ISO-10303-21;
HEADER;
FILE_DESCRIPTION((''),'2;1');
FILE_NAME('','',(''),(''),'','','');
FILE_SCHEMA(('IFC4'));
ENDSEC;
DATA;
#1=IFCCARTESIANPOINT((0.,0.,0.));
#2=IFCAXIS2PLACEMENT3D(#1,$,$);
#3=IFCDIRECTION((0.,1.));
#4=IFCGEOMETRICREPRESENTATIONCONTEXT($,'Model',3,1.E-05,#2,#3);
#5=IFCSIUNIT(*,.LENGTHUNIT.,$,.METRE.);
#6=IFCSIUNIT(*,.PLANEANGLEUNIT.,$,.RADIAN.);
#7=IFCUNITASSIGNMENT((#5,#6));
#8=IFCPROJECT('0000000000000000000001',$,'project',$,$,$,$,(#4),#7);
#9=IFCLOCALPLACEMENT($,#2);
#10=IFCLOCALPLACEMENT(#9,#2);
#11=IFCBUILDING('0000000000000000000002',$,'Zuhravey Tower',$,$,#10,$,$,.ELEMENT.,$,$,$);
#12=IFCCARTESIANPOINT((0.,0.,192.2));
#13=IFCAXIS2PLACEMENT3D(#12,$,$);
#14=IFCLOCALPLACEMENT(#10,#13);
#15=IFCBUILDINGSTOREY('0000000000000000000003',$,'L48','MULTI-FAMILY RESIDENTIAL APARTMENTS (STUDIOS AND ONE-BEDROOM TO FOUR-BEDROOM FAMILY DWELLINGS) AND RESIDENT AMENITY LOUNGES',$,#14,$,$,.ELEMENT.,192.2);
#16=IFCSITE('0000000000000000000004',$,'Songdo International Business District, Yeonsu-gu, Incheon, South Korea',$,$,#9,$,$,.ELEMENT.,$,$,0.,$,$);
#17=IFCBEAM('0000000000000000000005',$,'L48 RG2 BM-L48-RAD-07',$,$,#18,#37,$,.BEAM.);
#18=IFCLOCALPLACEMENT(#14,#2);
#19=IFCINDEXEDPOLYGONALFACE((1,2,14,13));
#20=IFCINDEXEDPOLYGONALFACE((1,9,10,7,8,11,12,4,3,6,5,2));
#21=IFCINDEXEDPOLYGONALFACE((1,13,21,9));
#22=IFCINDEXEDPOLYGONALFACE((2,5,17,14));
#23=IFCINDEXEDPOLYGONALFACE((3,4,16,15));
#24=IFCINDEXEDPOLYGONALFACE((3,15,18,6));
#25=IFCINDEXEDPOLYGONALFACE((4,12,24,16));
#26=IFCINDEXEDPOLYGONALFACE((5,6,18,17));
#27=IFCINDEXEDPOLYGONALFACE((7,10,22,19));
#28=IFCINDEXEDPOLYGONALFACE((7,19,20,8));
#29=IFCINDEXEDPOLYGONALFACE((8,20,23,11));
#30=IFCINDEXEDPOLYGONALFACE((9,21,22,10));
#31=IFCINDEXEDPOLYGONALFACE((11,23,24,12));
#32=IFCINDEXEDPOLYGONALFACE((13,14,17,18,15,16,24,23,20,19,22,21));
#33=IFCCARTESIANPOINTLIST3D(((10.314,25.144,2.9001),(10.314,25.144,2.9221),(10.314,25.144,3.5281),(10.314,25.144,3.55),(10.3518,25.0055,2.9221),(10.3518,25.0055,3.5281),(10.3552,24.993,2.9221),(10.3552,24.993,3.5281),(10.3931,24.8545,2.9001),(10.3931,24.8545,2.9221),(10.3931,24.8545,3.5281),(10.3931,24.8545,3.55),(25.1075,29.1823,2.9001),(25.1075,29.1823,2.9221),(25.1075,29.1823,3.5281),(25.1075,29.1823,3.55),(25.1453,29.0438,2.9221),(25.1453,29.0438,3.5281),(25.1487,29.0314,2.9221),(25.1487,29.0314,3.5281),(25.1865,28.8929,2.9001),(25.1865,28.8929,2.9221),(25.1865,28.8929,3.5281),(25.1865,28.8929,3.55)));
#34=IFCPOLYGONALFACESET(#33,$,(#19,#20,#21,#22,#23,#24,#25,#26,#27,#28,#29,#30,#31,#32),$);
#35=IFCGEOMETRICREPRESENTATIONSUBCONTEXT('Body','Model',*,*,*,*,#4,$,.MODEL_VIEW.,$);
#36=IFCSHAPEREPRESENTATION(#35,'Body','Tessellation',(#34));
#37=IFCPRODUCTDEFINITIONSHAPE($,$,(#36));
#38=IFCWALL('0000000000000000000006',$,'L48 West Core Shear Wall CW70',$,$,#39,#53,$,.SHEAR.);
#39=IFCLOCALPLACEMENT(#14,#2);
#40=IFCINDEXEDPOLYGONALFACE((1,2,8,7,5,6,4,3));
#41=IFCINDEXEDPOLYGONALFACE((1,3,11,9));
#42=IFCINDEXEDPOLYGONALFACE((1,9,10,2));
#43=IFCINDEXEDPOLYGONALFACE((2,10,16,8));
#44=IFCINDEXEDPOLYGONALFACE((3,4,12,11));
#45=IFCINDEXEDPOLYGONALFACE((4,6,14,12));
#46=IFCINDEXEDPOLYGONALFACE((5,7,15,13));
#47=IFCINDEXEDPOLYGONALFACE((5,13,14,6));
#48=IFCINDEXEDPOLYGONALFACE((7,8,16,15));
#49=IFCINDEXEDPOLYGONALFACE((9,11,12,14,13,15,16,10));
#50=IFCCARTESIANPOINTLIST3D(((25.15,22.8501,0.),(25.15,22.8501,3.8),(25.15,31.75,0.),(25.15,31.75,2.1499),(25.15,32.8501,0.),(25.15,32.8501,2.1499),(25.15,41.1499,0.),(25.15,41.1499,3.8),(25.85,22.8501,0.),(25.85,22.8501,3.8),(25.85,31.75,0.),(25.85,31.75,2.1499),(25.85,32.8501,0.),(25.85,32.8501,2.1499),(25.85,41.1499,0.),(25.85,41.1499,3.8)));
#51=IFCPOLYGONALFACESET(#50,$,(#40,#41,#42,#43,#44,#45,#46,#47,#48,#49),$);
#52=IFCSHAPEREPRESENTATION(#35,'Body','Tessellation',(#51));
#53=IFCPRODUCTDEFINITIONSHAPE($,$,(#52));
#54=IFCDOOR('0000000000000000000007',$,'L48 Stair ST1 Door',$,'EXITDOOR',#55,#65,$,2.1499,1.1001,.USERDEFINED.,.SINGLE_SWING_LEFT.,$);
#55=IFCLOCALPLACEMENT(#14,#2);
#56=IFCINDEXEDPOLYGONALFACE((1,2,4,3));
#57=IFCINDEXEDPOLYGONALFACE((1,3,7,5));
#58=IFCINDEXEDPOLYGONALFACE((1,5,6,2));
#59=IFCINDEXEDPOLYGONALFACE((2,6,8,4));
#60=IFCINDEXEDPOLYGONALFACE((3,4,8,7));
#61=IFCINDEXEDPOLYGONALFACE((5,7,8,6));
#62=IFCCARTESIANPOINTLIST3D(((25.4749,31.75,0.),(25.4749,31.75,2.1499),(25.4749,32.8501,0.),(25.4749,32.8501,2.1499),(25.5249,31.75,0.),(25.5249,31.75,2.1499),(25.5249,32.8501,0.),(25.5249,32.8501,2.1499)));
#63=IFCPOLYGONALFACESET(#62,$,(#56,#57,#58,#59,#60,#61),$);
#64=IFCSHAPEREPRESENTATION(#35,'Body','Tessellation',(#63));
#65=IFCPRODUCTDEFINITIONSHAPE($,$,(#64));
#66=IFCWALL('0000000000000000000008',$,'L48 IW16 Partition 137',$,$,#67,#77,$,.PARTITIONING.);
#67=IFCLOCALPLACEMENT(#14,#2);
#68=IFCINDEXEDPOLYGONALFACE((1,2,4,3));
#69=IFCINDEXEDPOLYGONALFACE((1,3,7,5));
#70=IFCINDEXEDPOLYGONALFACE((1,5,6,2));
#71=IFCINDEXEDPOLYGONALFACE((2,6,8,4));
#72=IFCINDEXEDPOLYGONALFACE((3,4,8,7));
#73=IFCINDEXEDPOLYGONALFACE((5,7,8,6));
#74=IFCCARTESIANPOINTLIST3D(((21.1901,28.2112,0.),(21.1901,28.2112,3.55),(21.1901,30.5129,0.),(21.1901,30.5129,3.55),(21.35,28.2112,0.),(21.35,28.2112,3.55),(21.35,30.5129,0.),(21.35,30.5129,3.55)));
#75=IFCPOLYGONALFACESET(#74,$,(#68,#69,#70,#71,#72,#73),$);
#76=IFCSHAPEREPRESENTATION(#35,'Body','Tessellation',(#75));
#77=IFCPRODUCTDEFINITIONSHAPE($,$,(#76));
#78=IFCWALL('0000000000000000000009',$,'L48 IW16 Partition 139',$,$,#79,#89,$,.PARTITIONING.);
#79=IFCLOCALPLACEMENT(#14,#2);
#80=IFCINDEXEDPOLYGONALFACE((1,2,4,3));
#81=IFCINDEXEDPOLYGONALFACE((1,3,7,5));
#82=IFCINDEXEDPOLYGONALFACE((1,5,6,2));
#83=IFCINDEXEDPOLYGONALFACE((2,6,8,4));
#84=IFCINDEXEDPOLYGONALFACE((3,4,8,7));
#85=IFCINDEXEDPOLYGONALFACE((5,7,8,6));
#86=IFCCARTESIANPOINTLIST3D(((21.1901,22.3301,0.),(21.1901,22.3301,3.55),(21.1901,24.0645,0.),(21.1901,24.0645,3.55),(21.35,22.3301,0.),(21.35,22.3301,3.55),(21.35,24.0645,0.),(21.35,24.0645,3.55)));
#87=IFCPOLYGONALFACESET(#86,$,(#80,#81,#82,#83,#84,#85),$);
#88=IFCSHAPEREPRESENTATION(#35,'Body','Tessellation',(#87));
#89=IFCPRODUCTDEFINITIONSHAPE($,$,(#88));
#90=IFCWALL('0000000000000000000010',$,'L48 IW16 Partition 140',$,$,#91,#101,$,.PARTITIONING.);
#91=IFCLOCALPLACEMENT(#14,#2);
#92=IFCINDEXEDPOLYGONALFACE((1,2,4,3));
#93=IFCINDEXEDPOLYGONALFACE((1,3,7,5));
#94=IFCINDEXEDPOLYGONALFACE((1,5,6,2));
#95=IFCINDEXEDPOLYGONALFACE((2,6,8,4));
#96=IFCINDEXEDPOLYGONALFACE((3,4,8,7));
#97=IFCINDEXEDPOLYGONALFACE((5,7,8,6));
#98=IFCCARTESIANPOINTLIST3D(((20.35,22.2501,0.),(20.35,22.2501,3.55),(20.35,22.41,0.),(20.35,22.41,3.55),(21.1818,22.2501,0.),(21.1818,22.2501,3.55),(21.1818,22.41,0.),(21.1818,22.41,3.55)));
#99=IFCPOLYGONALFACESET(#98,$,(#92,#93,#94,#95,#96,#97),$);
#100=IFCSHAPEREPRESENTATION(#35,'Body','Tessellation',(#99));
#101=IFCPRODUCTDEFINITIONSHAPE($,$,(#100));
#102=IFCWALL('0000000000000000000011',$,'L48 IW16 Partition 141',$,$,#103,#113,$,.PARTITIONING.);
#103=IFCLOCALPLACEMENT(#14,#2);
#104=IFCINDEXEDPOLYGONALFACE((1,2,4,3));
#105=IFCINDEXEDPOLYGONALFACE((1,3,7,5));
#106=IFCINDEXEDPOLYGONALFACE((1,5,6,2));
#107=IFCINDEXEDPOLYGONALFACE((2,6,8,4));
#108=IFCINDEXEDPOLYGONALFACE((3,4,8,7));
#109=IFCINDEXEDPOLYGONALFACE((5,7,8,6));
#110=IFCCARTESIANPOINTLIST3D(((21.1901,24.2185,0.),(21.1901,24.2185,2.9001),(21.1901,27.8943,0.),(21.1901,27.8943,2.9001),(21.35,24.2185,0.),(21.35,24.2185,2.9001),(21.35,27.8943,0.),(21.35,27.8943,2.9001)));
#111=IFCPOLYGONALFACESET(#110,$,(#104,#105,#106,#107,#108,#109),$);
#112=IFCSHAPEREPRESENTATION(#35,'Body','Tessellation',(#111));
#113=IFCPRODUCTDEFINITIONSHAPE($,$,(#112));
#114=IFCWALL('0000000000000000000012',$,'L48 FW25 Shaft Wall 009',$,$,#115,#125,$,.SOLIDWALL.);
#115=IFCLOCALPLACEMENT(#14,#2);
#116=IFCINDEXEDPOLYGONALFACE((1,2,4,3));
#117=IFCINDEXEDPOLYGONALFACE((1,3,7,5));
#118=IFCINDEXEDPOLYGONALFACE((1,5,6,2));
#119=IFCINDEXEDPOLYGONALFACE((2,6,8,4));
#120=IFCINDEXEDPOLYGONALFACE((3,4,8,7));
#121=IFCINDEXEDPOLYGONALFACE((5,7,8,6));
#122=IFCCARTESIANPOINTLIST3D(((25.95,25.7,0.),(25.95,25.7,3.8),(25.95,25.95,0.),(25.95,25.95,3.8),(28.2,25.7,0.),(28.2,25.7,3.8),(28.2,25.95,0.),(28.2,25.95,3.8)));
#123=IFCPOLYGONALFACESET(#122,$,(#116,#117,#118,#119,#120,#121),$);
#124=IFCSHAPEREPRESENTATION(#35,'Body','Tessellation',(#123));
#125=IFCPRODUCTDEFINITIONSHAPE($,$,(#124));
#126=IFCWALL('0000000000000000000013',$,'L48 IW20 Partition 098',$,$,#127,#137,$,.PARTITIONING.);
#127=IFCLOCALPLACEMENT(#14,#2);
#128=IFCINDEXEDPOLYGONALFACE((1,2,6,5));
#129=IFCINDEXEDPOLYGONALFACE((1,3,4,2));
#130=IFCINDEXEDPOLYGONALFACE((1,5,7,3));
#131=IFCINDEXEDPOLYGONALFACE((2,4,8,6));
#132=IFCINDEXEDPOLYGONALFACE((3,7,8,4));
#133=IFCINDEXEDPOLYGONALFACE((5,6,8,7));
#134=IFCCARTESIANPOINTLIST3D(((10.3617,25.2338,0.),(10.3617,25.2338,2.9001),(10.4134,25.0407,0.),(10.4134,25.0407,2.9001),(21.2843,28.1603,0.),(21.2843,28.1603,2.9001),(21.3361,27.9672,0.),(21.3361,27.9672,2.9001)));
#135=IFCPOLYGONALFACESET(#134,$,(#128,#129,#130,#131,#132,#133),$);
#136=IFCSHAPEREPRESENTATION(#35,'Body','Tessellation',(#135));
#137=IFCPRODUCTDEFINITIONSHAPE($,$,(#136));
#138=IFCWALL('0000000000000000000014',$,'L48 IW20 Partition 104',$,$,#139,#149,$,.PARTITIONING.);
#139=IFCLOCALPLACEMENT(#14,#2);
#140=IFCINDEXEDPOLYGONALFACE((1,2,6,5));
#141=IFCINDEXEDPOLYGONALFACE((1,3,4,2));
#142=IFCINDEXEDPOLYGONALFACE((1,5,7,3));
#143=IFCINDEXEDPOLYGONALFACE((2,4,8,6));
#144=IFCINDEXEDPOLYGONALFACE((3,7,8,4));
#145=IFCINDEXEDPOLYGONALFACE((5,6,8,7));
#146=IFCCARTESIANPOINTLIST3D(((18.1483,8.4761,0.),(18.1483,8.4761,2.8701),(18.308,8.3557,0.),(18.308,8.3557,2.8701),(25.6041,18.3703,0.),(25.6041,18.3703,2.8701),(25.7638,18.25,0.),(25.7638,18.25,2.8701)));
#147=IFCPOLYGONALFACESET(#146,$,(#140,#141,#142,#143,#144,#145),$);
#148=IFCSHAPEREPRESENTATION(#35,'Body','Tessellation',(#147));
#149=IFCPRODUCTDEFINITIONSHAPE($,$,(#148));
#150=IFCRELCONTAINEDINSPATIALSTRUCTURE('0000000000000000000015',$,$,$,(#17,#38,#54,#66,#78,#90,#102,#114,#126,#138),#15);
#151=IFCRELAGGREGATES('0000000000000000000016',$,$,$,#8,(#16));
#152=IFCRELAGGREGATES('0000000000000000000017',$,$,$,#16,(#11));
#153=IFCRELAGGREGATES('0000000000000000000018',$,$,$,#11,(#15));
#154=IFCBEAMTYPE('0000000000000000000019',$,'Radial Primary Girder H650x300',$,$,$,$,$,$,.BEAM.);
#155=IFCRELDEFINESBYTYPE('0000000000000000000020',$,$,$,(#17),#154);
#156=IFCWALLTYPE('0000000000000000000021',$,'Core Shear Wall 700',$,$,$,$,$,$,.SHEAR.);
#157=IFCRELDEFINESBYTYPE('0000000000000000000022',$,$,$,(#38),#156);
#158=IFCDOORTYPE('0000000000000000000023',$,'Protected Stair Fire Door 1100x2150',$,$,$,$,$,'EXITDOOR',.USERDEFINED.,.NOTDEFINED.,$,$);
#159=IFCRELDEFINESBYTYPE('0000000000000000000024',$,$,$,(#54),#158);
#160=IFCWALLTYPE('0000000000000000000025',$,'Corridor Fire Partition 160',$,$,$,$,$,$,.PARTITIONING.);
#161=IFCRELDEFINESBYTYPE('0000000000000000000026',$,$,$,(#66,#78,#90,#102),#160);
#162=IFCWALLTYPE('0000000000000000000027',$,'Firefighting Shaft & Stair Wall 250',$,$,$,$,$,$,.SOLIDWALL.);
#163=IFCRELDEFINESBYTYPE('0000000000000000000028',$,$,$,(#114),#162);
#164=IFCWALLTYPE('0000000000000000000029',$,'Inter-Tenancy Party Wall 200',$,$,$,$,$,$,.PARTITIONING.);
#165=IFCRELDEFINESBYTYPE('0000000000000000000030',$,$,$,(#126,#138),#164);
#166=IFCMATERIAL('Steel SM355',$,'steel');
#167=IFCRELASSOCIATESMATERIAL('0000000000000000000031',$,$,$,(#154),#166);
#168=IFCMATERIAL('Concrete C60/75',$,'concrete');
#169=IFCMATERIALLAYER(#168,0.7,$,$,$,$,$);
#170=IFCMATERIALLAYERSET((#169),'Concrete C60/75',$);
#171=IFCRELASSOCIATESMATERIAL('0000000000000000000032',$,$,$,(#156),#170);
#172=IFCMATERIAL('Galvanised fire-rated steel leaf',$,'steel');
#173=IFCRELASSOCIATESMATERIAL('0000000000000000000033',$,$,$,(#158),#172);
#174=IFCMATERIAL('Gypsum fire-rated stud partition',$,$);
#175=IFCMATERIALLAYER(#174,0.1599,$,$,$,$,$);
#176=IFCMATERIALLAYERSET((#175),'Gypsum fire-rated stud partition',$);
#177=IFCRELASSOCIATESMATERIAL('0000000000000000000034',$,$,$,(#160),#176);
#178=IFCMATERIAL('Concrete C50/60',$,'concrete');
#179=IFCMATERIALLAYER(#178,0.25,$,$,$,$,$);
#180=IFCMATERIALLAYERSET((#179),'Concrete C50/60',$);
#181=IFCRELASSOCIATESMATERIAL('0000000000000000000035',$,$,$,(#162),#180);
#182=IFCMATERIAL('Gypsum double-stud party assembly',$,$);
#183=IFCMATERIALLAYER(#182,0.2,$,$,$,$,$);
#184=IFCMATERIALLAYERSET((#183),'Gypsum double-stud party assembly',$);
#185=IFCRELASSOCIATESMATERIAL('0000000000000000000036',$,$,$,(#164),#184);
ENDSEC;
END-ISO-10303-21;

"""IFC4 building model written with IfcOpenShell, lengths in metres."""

from ifc_helpers import new_model, si_unit, direction, frame, frame_2d, origin, origin_2d, place, context, subcontext, project, spatial, rectangle, i_section, extrude, material, layer, layer_set, material_profile, profile_set, type_object, element, fill, save


model = new_model("IFC4")

# Units and contexts
model_context = context("Model", 3, precision=1e-05, world=origin(), true_north=direction((0.0, 1.0)))
body_context = subcontext(model_context, "Body", "Model", "MODEL_VIEW")
ifc_project = project(units=[si_unit("LENGTHUNIT", "METRE"), si_unit("PLANEANGLEUNIT", "RADIAN")], contexts=[model_context])

# Site, building, storey
site_placement = place(None, origin())
site = spatial("IfcSite", under=ifc_project, at=site_placement, Name="Songdo International Business District, Yeonsu-gu, Incheon, South Korea", CompositionType="ELEMENT", RefElevation=0.0)
building_placement = place(site_placement, origin())
building = spatial("IfcBuilding", under=site, at=building_placement, Name="Zuhravey Tower", CompositionType="ELEMENT")
storey_placement = place(building_placement, frame((0.0, 0.0, 192.2)))
storey = spatial("IfcBuildingStorey", under=building, at=storey_placement, Name="L48", Description="MULTI-FAMILY RESIDENTIAL APARTMENTS (STUDIOS AND ONE-BEDROOM TO FOUR-BEDROOM FAMILY DWELLINGS) AND RESIDENT AMENITY LOUNGES", CompositionType="ELEMENT", Elevation=192.2)

# Beam
ifc_material_1 = material(Name="Steel SM355", Category="steel")
ifc_material_profile = material_profile(ifc_material_1, i_section(OverallWidth=0.3, OverallDepth=0.6499, WebThickness=0.0129, FlangeThickness=0.022, at=origin_2d()), Name="H-650x300x13x22")
ifc_profile_set = profile_set([ifc_material_profile], Name="Steel SM355")
beam_type = type_object("IfcBeamType", Name="Radial Primary Girder H650x300", PredefinedType="BEAM", material=ifc_profile_set)
beam_placement = place(storey_placement, frame((25.147, 29.0376, 3.2251), z_axis=(-0.964702, -0.263345, 0.0), x_axis=(0.263345, -0.964702, 0.0)))
element("IfcBeam", 1, at=beam_placement, inside=storey, type_object=beam_type, Name="L48 RG2 BM-L48-RAD-07", PredefinedType="BEAM", context=body_context, shape_type="SweptSolid", body=[
    extrude(i_section(OverallWidth=0.3, OverallDepth=0.6499, WebThickness=0.0129, FlangeThickness=0.022, at=origin_2d()), origin(), (0.0, 0.0, 1.0), 15.3347),
])

# Wall, opening, door
ifc_material_2 = material(Name="Concrete C60/75", Category="concrete")
ifc_layer_1 = layer(ifc_material_2, 0.7)
ifc_layer_set_1 = layer_set([ifc_layer_1], Name="Concrete C60/75")
wall_type_1 = type_object("IfcWallType", Name="Core Shear Wall 700", PredefinedType="SHEAR", material=ifc_layer_set_1)
ifc_material_3 = material(Name="Galvanised fire-rated steel leaf", Category="steel")
wall_1_placement = place(storey_placement, frame((25.5, 22.8501, 0.0), z_axis=(0.0, 0.0, 1.0), x_axis=(0.0, 1.0, 0.0)))
wall_1 = element("IfcWall", 2, at=wall_1_placement, inside=storey, type_object=wall_type_1, Name="L48 West Core Shear Wall CW70", PredefinedType="SHEAR", context=body_context, shape_type="SweptSolid", body=[
    extrude(rectangle(XDim=18.2998, YDim=0.7, at=frame_2d((9.1499, 0.0))), origin(), (0.0, 0.0, 1.0), 3.8),
])
opening_1_placement = place(wall_1_placement, frame((8.8999, 0.0, 0.0)))
opening_1 = element("IfcOpeningElement", 3, at=opening_1_placement, cuts=wall_1, PredefinedType="OPENING", context=body_context, shape_type="SweptSolid", body=[
    extrude(rectangle(XDim=1.1001, YDim=2.1499, at=frame_2d((0.55, 1.075))), frame((0.0, 0.3621, 0.0), z_axis=(0.0, -1.0, 0.0), x_axis=(1.0, 0.0, 0.0)), (0.0, 0.0, 1.0), 0.7239),
])
door_type_1 = type_object("IfcDoorType", Name="Protected Stair Fire Door 1100x2150", ElementType="EXITDOOR", OperationType="NOTDEFINED", PredefinedType="USERDEFINED", material=ifc_material_3)
door_1_placement = place(opening_1_placement, frame((1.1001, 0.0, 0.0), z_axis=(0.0, 0.0, 1.0), x_axis=(-1.0, 0.0, 0.0)))
door_1 = element("IfcDoor", 4, at=door_1_placement, inside=storey, type_object=door_type_1, Name="L48 Stair ST1 Door", ObjectType="EXITDOOR", OperationType="SINGLE_SWING_LEFT", OverallHeight=2.1499, OverallWidth=1.1001, PredefinedType="USERDEFINED", context=body_context, shape_type="SweptSolid", body=[
    extrude(rectangle(XDim=1.1001, YDim=2.1499, at=frame_2d((0.55, 1.075))), frame((0.0, 0.0249, 0.0), z_axis=(0.0, -1.0, 0.0), x_axis=(1.0, 0.0, 0.0)), (0.0, 0.0, 1.0), 0.05),
])
fill(opening_1, door_1)

# Walls
ifc_material_4 = material(Name="Gypsum fire-rated stud partition")
ifc_layer_2 = layer(ifc_material_4, 0.1599)
ifc_layer_set_2 = layer_set([ifc_layer_2], Name="Gypsum fire-rated stud partition")
wall_type_2 = type_object("IfcWallType", Name="Corridor Fire Partition 160", PredefinedType="PARTITIONING", material=ifc_layer_set_2)
wall_2_placement = place(storey_placement, frame((21.27, 30.5129, 0.0), z_axis=(0.0, 0.0, 1.0), x_axis=(0.0, -1.0, 0.0)))
element("IfcWall", 5, at=wall_2_placement, inside=storey, type_object=wall_type_2, Name="L48 IW16 Partition 137", PredefinedType="PARTITIONING", context=body_context, shape_type="SweptSolid", body=[
    extrude(rectangle(XDim=2.3018, YDim=0.1599, at=frame_2d((1.1509, 0.0))), origin(), (0.0, 0.0, 1.0), 3.55),
])
wall_3_placement = place(storey_placement, frame((21.27, 24.0645, 0.0), z_axis=(0.0, 0.0, 1.0), x_axis=(0.0, -1.0, 0.0)))
element("IfcWall", 6, at=wall_3_placement, inside=storey, type_object=wall_type_2, Name="L48 IW16 Partition 139", PredefinedType="PARTITIONING", context=body_context, shape_type="SweptSolid", body=[
    extrude(rectangle(XDim=1.7344, YDim=0.1599, at=frame_2d((0.8672, 0.0))), origin(), (0.0, 0.0, 1.0), 3.55),
])
wall_4_placement = place(storey_placement, frame((21.1819, 22.3301, 0.0), z_axis=(0.0, 0.0, 1.0), x_axis=(-1.0, 0.0, 0.0)))
element("IfcWall", 7, at=wall_4_placement, inside=storey, type_object=wall_type_2, Name="L48 IW16 Partition 140", PredefinedType="PARTITIONING", context=body_context, shape_type="SweptSolid", body=[
    extrude(rectangle(XDim=0.8318, YDim=0.1599, at=frame_2d((0.416, 0.0))), origin(), (0.0, 0.0, 1.0), 3.55),
])
wall_5_placement = place(storey_placement, frame((21.27, 27.8943, 0.0), z_axis=(0.0, 0.0, 1.0), x_axis=(0.0, -1.0, 0.0)))
element("IfcWall", 8, at=wall_5_placement, inside=storey, type_object=wall_type_2, Name="L48 IW16 Partition 141", PredefinedType="PARTITIONING", context=body_context, shape_type="SweptSolid", body=[
    extrude(rectangle(XDim=3.6758, YDim=0.1599, at=frame_2d((1.8379, 0.0))), origin(), (0.0, 0.0, 1.0), 2.9001),
])
ifc_material_5 = material(Name="Concrete C50/60", Category="concrete")
ifc_layer_3 = layer(ifc_material_5, 0.25)
ifc_layer_set_3 = layer_set([ifc_layer_3], Name="Concrete C50/60")
wall_type_3 = type_object("IfcWallType", Name="Firefighting Shaft & Stair Wall 250", PredefinedType="SOLIDWALL", material=ifc_layer_set_3)
wall_6_placement = place(storey_placement, frame((25.95, 25.825, 0.0), z_axis=(0.0, 0.0, 1.0), x_axis=(1.0, 0.0, 0.0)))
element("IfcWall", 9, at=wall_6_placement, inside=storey, type_object=wall_type_3, Name="L48 FW25 Shaft Wall 009", PredefinedType="SOLIDWALL", context=body_context, shape_type="SweptSolid", body=[
    extrude(rectangle(XDim=2.25, YDim=0.25, at=frame_2d((1.125, 0.0))), origin(), (0.0, 0.0, 1.0), 3.8),
])
ifc_material_6 = material(Name="Gypsum double-stud party assembly")
ifc_layer_4 = layer(ifc_material_6, 0.2)
ifc_layer_set_4 = layer_set([ifc_layer_4], Name="Gypsum double-stud party assembly")
wall_type_4 = type_object("IfcWallType", Name="Inter-Tenancy Party Wall 200", PredefinedType="PARTITIONING", material=ifc_layer_set_4)
wall_7_placement = place(storey_placement, frame((21.3101, 28.0637, 0.0), z_axis=(0.0, 0.0, 1.0), x_axis=(-0.96593, -0.258803, 0.0)))
element("IfcWall", 10, at=wall_7_placement, inside=storey, type_object=wall_type_4, Name="L48 IW20 Partition 098", PredefinedType="PARTITIONING", context=body_context, shape_type="SweptSolid", body=[
    extrude(rectangle(XDim=11.3079, YDim=0.2, at=frame_2d((5.6538, 0.0))), origin(), (0.0, 0.0, 1.0), 2.9001),
])
wall_8_placement = place(storey_placement, frame((25.6838, 18.3101, 0.0), z_axis=(0.0, 0.0, 1.0), x_axis=(-0.601811, -0.798638, 0.0)))
element("IfcWall", 11, at=wall_8_placement, inside=storey, type_object=wall_type_4, Name="L48 IW20 Partition 104", PredefinedType="PARTITIONING", context=body_context, shape_type="SweptSolid", body=[
    extrude(rectangle(XDim=12.3889, YDim=0.2, at=frame_2d((6.1943, 0.0))), origin(), (0.0, 0.0, 1.0), 2.8701),
])

save(model, "model.ifc")
